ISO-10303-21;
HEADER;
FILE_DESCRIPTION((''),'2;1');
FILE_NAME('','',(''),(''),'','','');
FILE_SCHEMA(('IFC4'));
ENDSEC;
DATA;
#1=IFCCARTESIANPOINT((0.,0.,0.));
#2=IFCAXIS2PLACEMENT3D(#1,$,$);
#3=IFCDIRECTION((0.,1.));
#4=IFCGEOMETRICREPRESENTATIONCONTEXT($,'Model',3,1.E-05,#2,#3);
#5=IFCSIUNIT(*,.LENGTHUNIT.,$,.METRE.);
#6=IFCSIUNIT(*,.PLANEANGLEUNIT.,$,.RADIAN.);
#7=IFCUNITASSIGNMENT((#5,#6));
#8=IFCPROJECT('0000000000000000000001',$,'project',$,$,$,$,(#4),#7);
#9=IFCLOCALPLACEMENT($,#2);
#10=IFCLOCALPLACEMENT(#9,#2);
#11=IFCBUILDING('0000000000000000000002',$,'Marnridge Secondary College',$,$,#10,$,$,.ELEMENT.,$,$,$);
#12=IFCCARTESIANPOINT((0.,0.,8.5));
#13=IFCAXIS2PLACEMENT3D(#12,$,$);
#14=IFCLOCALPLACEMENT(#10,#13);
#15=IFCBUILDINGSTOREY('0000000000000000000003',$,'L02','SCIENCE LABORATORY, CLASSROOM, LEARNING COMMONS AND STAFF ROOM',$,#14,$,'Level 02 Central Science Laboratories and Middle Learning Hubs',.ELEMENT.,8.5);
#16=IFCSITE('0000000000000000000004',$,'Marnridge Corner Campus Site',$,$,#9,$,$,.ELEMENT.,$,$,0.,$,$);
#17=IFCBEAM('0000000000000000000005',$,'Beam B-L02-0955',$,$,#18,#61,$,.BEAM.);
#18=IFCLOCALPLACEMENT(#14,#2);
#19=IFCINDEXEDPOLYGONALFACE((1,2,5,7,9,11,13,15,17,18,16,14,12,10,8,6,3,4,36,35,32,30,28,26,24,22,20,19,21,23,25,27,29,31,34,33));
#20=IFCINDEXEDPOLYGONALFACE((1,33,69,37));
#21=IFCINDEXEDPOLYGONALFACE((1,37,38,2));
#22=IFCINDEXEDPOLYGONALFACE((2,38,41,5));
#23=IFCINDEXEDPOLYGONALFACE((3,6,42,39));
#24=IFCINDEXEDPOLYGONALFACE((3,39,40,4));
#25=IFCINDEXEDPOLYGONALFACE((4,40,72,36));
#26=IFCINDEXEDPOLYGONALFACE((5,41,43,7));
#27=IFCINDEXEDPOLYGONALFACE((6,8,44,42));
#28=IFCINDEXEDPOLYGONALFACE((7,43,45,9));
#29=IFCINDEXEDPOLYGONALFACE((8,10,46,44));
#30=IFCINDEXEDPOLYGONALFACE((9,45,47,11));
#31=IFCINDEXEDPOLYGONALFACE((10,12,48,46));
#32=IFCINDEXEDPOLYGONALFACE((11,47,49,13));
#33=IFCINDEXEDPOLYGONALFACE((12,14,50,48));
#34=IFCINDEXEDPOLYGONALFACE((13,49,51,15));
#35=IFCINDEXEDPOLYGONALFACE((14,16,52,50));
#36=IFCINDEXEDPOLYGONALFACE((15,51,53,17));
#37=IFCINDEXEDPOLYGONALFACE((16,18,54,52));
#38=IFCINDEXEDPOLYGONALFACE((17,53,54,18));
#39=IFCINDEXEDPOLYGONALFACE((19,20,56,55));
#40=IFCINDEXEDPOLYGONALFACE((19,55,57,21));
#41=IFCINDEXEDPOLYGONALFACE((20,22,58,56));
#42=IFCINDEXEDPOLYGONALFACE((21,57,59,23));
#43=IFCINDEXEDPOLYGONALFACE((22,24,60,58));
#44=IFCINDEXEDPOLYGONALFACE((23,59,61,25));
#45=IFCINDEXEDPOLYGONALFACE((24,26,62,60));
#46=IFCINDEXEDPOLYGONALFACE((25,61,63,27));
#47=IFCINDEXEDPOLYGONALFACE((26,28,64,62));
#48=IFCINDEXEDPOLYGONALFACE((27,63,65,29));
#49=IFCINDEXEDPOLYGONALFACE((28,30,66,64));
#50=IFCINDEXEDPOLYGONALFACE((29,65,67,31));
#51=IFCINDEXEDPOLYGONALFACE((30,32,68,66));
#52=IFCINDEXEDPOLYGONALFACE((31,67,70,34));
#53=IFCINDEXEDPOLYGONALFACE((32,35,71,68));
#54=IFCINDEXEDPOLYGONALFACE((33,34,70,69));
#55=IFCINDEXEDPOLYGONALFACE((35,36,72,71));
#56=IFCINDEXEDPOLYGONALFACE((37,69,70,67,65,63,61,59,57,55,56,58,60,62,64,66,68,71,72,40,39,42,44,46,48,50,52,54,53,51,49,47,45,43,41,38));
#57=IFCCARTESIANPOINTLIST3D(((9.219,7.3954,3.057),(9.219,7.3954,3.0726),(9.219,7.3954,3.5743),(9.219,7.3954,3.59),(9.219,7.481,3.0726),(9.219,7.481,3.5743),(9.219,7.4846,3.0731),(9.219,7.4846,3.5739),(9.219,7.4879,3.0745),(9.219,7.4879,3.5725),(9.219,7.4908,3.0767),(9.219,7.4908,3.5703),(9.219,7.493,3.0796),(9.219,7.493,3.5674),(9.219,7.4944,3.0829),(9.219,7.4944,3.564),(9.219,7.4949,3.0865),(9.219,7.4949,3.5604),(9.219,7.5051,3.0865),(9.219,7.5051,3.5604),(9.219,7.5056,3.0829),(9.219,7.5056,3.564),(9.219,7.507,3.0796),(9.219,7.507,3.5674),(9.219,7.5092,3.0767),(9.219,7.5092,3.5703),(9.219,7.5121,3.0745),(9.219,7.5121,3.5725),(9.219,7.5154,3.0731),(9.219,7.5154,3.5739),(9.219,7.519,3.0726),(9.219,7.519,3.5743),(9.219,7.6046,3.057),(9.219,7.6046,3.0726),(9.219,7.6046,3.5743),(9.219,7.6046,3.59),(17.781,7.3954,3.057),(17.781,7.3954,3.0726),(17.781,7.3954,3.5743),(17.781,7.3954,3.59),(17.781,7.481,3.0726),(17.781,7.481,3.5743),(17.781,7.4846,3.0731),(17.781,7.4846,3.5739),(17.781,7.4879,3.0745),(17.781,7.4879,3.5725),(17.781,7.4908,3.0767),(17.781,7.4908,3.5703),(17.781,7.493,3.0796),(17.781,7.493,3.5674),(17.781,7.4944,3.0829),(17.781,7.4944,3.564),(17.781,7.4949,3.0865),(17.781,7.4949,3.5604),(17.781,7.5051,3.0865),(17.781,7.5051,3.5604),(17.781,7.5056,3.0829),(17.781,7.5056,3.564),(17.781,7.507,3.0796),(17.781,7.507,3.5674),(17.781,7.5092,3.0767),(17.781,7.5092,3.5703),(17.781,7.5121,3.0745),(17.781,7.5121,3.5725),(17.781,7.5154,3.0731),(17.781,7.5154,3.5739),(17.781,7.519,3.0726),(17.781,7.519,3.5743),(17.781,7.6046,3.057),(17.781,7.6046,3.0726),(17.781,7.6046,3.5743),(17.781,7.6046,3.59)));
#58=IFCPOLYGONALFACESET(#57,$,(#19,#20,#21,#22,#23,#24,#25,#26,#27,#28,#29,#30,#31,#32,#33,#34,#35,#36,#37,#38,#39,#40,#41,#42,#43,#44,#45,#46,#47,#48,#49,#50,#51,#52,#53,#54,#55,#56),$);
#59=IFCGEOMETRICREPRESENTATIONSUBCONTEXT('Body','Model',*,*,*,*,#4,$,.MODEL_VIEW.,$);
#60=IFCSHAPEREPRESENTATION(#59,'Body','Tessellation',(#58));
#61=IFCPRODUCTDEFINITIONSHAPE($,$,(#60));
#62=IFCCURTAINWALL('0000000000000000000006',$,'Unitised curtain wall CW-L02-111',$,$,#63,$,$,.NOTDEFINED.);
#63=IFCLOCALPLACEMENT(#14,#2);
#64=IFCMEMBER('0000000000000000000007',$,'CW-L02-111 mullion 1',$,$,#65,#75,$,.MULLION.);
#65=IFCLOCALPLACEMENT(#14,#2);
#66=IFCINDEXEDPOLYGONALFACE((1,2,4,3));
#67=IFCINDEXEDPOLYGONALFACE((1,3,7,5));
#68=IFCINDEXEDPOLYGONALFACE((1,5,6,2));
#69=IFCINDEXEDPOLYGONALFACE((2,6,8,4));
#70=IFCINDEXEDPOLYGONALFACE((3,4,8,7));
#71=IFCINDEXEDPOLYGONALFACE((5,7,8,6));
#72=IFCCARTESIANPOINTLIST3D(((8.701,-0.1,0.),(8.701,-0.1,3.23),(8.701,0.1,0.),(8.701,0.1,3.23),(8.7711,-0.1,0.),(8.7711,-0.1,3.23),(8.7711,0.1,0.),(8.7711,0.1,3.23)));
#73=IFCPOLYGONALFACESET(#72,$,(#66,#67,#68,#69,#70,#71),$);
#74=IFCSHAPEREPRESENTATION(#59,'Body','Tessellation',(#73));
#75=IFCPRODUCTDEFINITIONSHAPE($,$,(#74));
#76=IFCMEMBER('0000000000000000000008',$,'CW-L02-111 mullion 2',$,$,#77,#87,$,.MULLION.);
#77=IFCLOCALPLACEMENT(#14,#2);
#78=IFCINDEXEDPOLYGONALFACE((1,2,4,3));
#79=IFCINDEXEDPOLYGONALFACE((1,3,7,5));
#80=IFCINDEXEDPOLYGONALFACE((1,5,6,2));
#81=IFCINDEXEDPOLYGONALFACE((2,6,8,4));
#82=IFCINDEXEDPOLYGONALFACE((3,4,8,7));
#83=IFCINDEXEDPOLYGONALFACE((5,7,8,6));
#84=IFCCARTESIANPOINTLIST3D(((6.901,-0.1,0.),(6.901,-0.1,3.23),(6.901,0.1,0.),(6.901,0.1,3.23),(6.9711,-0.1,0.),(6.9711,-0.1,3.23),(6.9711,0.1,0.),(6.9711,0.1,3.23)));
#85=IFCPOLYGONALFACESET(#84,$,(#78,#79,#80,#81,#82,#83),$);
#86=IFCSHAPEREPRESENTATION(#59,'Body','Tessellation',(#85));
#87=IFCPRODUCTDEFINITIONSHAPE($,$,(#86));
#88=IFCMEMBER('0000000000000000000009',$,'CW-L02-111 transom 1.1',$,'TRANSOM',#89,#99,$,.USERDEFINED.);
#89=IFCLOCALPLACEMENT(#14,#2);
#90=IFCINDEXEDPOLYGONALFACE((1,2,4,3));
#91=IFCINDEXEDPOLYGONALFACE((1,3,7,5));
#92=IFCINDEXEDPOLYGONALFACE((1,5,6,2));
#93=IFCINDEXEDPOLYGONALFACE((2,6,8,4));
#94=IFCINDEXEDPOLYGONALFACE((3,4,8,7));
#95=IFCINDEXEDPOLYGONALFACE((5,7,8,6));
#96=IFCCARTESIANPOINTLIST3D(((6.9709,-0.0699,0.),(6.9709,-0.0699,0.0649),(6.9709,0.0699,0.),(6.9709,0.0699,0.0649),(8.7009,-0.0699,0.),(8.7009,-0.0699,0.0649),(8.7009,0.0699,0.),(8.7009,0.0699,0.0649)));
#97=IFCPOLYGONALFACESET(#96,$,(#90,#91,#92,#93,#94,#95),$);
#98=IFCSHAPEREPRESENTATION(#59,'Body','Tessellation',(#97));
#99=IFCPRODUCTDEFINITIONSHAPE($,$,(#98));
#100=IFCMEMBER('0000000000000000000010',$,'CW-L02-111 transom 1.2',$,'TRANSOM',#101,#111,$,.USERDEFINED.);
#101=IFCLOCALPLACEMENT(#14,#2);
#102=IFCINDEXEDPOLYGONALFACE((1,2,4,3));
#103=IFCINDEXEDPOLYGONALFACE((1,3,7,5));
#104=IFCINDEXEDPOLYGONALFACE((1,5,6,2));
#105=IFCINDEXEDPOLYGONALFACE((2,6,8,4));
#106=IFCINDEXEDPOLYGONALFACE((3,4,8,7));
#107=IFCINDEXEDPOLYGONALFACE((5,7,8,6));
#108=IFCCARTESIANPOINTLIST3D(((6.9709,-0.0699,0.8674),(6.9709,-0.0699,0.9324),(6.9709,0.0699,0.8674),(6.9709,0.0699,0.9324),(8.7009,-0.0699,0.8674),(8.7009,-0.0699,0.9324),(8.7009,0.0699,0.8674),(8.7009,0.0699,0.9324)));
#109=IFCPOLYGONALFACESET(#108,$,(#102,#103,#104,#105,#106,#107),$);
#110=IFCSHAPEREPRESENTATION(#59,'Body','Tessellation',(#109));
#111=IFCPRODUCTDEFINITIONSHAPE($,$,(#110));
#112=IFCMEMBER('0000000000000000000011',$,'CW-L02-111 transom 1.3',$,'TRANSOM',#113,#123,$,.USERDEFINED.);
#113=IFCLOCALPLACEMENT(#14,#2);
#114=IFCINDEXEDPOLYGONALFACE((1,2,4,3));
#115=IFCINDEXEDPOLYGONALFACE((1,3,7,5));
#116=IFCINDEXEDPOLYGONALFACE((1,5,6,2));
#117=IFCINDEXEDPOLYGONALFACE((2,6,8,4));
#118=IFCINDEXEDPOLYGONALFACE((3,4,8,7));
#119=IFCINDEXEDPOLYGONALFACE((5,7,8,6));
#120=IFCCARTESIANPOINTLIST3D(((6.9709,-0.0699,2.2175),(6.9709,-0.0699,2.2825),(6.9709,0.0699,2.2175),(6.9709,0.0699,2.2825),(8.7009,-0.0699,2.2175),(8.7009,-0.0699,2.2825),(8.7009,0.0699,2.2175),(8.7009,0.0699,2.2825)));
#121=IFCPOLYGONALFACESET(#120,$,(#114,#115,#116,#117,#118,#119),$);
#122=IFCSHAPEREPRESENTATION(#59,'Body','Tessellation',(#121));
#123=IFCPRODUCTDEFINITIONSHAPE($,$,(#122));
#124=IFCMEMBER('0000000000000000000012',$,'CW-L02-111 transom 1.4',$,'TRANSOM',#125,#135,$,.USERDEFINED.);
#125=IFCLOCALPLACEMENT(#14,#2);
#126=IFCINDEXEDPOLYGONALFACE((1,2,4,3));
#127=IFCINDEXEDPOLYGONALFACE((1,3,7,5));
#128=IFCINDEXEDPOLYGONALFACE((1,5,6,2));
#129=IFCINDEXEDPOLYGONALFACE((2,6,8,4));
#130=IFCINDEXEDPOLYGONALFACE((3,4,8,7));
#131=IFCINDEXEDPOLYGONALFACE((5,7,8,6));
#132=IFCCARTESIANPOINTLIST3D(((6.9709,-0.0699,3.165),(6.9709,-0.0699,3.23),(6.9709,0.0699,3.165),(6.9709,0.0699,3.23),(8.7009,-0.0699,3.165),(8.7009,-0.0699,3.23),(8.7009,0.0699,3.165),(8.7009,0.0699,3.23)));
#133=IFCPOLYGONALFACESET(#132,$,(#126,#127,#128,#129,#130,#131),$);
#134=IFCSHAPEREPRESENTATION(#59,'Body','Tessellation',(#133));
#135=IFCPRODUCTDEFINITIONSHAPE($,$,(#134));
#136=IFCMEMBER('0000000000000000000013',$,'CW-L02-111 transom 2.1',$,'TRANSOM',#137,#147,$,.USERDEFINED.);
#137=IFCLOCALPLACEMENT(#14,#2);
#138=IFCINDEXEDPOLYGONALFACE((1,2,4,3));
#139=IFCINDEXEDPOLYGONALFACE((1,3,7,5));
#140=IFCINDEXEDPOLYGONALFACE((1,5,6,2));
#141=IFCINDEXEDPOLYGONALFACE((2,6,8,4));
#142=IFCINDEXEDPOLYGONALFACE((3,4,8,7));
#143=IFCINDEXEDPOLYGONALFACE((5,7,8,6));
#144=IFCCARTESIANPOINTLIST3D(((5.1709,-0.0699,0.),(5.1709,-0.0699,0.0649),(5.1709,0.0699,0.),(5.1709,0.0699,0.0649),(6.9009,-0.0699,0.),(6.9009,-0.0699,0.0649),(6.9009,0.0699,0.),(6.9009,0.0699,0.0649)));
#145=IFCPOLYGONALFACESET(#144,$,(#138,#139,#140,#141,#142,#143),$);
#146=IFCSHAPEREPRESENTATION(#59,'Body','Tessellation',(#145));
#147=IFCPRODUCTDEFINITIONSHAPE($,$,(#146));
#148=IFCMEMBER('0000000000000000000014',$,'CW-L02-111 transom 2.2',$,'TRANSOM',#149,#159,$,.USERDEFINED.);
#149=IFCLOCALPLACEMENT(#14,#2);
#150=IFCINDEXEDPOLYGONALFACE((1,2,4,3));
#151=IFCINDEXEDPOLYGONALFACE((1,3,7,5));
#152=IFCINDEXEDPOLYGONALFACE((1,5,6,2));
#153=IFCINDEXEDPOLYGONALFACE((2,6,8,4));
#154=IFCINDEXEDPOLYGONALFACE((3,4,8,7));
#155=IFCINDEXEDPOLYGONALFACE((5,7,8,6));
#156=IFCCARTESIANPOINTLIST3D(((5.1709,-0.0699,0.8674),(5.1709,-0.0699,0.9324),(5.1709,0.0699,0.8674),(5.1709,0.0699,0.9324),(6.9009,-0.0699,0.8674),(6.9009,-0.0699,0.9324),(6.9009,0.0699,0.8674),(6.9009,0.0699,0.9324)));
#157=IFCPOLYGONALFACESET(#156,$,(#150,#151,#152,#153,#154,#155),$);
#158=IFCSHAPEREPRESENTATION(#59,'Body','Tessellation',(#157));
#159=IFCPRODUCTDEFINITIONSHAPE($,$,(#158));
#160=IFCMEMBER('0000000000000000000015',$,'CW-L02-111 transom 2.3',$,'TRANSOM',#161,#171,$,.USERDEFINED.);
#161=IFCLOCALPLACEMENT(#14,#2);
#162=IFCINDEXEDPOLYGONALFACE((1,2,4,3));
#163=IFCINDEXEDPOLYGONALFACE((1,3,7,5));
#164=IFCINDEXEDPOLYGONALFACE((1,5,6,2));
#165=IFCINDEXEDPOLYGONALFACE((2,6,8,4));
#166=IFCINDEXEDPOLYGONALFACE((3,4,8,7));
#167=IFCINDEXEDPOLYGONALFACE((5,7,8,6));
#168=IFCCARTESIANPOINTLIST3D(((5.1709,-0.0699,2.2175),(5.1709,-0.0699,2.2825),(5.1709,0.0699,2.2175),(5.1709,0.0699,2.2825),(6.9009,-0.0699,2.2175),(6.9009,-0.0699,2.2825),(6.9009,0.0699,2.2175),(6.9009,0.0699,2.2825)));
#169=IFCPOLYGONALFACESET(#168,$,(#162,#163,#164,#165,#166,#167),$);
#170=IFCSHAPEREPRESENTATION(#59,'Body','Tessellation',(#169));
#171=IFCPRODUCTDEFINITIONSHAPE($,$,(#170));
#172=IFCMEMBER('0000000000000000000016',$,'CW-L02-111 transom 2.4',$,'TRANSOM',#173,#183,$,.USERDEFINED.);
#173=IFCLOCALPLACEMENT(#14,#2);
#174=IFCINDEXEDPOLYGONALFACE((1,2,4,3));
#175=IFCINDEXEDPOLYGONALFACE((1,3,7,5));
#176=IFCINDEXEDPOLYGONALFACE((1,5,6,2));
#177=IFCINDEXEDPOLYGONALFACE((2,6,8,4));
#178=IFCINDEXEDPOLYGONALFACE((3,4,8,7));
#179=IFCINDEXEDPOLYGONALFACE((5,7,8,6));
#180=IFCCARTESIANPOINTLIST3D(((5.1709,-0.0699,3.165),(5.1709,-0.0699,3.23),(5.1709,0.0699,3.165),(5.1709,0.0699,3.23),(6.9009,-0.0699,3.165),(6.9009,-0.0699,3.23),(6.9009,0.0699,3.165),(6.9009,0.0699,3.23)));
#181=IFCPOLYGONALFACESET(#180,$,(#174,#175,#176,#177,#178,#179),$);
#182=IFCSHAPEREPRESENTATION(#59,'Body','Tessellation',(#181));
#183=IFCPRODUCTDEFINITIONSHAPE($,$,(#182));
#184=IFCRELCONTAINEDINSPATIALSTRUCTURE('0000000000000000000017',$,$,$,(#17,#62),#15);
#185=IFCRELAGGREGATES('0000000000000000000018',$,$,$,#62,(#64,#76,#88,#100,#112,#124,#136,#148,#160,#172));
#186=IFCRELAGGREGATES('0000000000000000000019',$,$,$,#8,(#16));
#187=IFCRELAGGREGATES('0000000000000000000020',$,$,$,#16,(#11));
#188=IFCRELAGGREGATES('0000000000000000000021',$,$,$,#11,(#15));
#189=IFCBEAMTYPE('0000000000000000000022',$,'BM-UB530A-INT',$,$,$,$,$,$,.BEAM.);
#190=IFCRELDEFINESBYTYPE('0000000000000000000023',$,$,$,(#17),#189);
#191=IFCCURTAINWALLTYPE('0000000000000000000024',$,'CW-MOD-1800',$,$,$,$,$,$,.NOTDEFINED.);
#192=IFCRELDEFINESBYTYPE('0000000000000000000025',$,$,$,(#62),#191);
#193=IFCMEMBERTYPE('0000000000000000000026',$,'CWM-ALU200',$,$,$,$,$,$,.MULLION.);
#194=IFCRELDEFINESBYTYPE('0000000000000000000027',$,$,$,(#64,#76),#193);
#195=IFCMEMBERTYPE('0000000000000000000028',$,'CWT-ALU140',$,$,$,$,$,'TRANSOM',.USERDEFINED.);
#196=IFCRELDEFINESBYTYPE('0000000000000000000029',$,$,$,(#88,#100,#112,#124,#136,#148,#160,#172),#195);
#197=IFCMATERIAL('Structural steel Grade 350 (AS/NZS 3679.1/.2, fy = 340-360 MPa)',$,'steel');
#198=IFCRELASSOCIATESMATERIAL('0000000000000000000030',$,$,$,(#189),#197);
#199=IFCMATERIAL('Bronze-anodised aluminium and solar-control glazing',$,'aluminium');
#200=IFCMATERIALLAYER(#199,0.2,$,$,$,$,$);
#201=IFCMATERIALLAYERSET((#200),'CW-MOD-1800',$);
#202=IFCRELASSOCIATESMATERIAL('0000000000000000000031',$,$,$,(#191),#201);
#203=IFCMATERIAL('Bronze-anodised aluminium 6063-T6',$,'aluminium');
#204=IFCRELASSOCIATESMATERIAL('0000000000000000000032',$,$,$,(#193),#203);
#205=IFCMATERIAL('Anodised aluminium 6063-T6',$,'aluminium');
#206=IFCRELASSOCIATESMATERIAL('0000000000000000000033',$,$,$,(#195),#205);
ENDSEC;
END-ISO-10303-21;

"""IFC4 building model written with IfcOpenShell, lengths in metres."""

from ifc_helpers import new_model, si_unit, direction, frame, origin, origin_2d, place, context, subcontext, project, spatial, rectangle, i_section, extrude, material, layer, layer_set, material_profile, profile_set, type_object, element, aggregate, save


model = new_model("IFC4")

# Units and contexts
model_context = context("Model", 3, precision=1e-05, world=origin(), true_north=direction((0.0, 1.0)))
body_context = subcontext(model_context, "Body", "Model", "MODEL_VIEW")
ifc_project = project(units=[si_unit("LENGTHUNIT", "METRE"), si_unit("PLANEANGLEUNIT", "RADIAN")], contexts=[model_context])

# Site, building, storey
site_placement = place(None, origin())
site = spatial("IfcSite", under=ifc_project, at=site_placement, Name="Marnridge Corner Campus Site", CompositionType="ELEMENT", RefElevation=0.0)
building_placement = place(site_placement, origin())
building = spatial("IfcBuilding", under=site, at=building_placement, Name="Marnridge Secondary College", CompositionType="ELEMENT")
storey_placement = place(building_placement, frame((0.0, 0.0, 8.5)))
storey = spatial("IfcBuildingStorey", under=building, at=storey_placement, Name="L02", Description="SCIENCE LABORATORY, CLASSROOM, LEARNING COMMONS AND STAFF ROOM", LongName="Level 02 Central Science Laboratories and Middle Learning Hubs", CompositionType="ELEMENT", Elevation=8.5)

# Beam
ifc_material_1 = material(Name="Structural steel Grade 350 (AS/NZS 3679.1/.2, fy = 340-360 MPa)", Category="steel")
ifc_material_profile_1 = material_profile(ifc_material_1, i_section(OverallWidth=0.2092, OverallDepth=0.533, WebThickness=0.0103, FlangeThickness=0.0156, FilletRadius=0.0139, at=origin_2d()), Name="530UB92.4")
ifc_profile_set_1 = profile_set([ifc_material_profile_1], Name="Structural steel Grade 350 (AS/NZS 3679.1/.2, fy = 340-360 MPa)")
beam_type_1 = type_object("IfcBeamType", Name="BM-UB530A-INT", PredefinedType="BEAM", material=ifc_profile_set_1)
beam_1_placement = place(storey_placement, frame((9.219, 7.5, 3.3235), z_axis=(1.0, 0.0, 0.0), x_axis=(0.0, 1.0, 0.0)))
element("IfcBeam", 1, at=beam_1_placement, inside=storey, type_object=beam_type_1, Name="Beam B-L02-0955", PredefinedType="BEAM", context=body_context, shape_type="SweptSolid", body=[
    extrude(i_section(OverallWidth=0.2092, OverallDepth=0.533, WebThickness=0.0103, FlangeThickness=0.0156, FilletRadius=0.0139, at=origin_2d()), origin(), (0.0, 0.0, 1.0), 8.562),
])

# Curtain wall, members
ifc_material_2 = material(Name="Bronze-anodised aluminium and solar-control glazing", Category="aluminium")
ifc_layer_1 = layer(ifc_material_2, 0.2)
ifc_layer_set_1 = layer_set([ifc_layer_1], Name="CW-MOD-1800")
curtain_wall_type = type_object("IfcCurtainWallType", Name="CW-MOD-1800", PredefinedType="NOTDEFINED", material=ifc_layer_set_1)
curtain_wall_placement = place(storey_placement, origin())
curtain_wall = element("IfcCurtainWall", 2, at=curtain_wall_placement, inside=storey, type_object=curtain_wall_type, Name="Unitised curtain wall CW-L02-111", PredefinedType="NOTDEFINED")
ifc_material_3 = material(Name="Bronze-anodised aluminium 6063-T6", Category="aluminium")
ifc_material_profile_2 = material_profile(ifc_material_3, rectangle(XDim=0.0701, YDim=0.2, at=origin_2d()), Name="ALU 70x200")
ifc_profile_set_2 = profile_set([ifc_material_profile_2], Name="Bronze-anodised aluminium 6063-T6")
member_type_1 = type_object("IfcMemberType", Name="CWM-ALU200", PredefinedType="MULLION", material=ifc_profile_set_2)
member_1_placement = place(storey_placement, frame((8.7361, 0.0, 0.0), z_axis=(0.0, 0.0, 1.0), x_axis=(-1.0, 0.0, 0.0)))
member_1 = element("IfcMember", 3, at=member_1_placement, type_object=member_type_1, Name="CW-L02-111 mullion 1", PredefinedType="MULLION", context=body_context, shape_type="SweptSolid", body=[
    extrude(rectangle(XDim=0.0701, YDim=0.2, at=origin_2d()), origin(), (0.0, 0.0, 1.0), 3.23),
])
member_2_placement = place(storey_placement, frame((6.936, 0.0, 0.0), z_axis=(0.0, 0.0, 1.0), x_axis=(-1.0, 0.0, 0.0)))
member_2 = element("IfcMember", 4, at=member_2_placement, type_object=member_type_1, Name="CW-L02-111 mullion 2", PredefinedType="MULLION", context=body_context, shape_type="SweptSolid", body=[
    extrude(rectangle(XDim=0.0701, YDim=0.2, at=origin_2d()), origin(), (0.0, 0.0, 1.0), 3.23),
])
ifc_material_4 = material(Name="Anodised aluminium 6063-T6", Category="aluminium")
ifc_material_profile_3 = material_profile(ifc_material_4, rectangle(XDim=0.0649, YDim=0.1399, at=origin_2d()), Name="ALU 65x140")
ifc_profile_set_3 = profile_set([ifc_material_profile_3], Name="Anodised aluminium 6063-T6")
member_type_2 = type_object("IfcMemberType", Name="CWT-ALU140", ElementType="TRANSOM", PredefinedType="USERDEFINED", material=ifc_profile_set_3)
member_3_placement = place(storey_placement, frame((8.7009, 0.0, 0.0325), z_axis=(-1.0, 0.0, 0.0), x_axis=(0.0, 0.0, 1.0)))
member_3 = element("IfcMember", 5, at=member_3_placement, type_object=member_type_2, Name="CW-L02-111 transom 1.1", ObjectType="TRANSOM", PredefinedType="USERDEFINED", context=body_context, shape_type="SweptSolid", body=[
    extrude(rectangle(XDim=0.0649, YDim=0.1399, at=origin_2d()), origin(), (0.0, 0.0, 1.0), 1.73),
])
member_4_placement = place(storey_placement, frame((8.7009, 0.0, 0.8999), z_axis=(-1.0, 0.0, 0.0), x_axis=(0.0, 0.0, 1.0)))
member_4 = element("IfcMember", 6, at=member_4_placement, type_object=member_type_2, Name="CW-L02-111 transom 1.2", ObjectType="TRANSOM", PredefinedType="USERDEFINED", context=body_context, shape_type="SweptSolid", body=[
    extrude(rectangle(XDim=0.0649, YDim=0.1399, at=origin_2d()), origin(), (0.0, 0.0, 1.0), 1.73),
])
member_5_placement = place(storey_placement, frame((8.7009, 0.0, 2.25), z_axis=(-1.0, 0.0, 0.0), x_axis=(0.0, 0.0, 1.0)))
member_5 = element("IfcMember", 7, at=member_5_placement, type_object=member_type_2, Name="CW-L02-111 transom 1.3", ObjectType="TRANSOM", PredefinedType="USERDEFINED", context=body_context, shape_type="SweptSolid", body=[
    extrude(rectangle(XDim=0.0649, YDim=0.1399, at=origin_2d()), origin(), (0.0, 0.0, 1.0), 1.73),
])
member_6_placement = place(storey_placement, frame((8.7009, 0.0, 3.1975), z_axis=(-1.0, 0.0, 0.0), x_axis=(0.0, 0.0, 1.0)))
member_6 = element("IfcMember", 8, at=member_6_placement, type_object=member_type_2, Name="CW-L02-111 transom 1.4", ObjectType="TRANSOM", PredefinedType="USERDEFINED", context=body_context, shape_type="SweptSolid", body=[
    extrude(rectangle(XDim=0.0649, YDim=0.1399, at=origin_2d()), origin(), (0.0, 0.0, 1.0), 1.73),
])
member_7_placement = place(storey_placement, frame((6.9009, 0.0, 0.0325), z_axis=(-1.0, 0.0, 0.0), x_axis=(0.0, 0.0, 1.0)))
member_7 = element("IfcMember", 9, at=member_7_placement, type_object=member_type_2, Name="CW-L02-111 transom 2.1", ObjectType="TRANSOM", PredefinedType="USERDEFINED", context=body_context, shape_type="SweptSolid", body=[
    extrude(rectangle(XDim=0.0649, YDim=0.1399, at=origin_2d()), origin(), (0.0, 0.0, 1.0), 1.73),
])
member_8_placement = place(storey_placement, frame((6.9009, 0.0, 0.8999), z_axis=(-1.0, 0.0, 0.0), x_axis=(0.0, 0.0, 1.0)))
member_8 = element("IfcMember", 10, at=member_8_placement, type_object=member_type_2, Name="CW-L02-111 transom 2.2", ObjectType="TRANSOM", PredefinedType="USERDEFINED", context=body_context, shape_type="SweptSolid", body=[
    extrude(rectangle(XDim=0.0649, YDim=0.1399, at=origin_2d()), origin(), (0.0, 0.0, 1.0), 1.73),
])
member_9_placement = place(storey_placement, frame((6.9009, 0.0, 2.25), z_axis=(-1.0, 0.0, 0.0), x_axis=(0.0, 0.0, 1.0)))
member_9 = element("IfcMember", 11, at=member_9_placement, type_object=member_type_2, Name="CW-L02-111 transom 2.3", ObjectType="TRANSOM", PredefinedType="USERDEFINED", context=body_context, shape_type="SweptSolid", body=[
    extrude(rectangle(XDim=0.0649, YDim=0.1399, at=origin_2d()), origin(), (0.0, 0.0, 1.0), 1.73),
])
member_10_placement = place(storey_placement, frame((6.9009, 0.0, 3.1975), z_axis=(-1.0, 0.0, 0.0), x_axis=(0.0, 0.0, 1.0)))
member_10 = element("IfcMember", 12, at=member_10_placement, type_object=member_type_2, Name="CW-L02-111 transom 2.4", ObjectType="TRANSOM", PredefinedType="USERDEFINED", context=body_context, shape_type="SweptSolid", body=[
    extrude(rectangle(XDim=0.0649, YDim=0.1399, at=origin_2d()), origin(), (0.0, 0.0, 1.0), 1.73),
])
aggregate(curtain_wall, [member_1, member_2, member_3, member_4, member_5, member_6, member_7, member_8, member_9, member_10])

save(model, "model.ifc")
